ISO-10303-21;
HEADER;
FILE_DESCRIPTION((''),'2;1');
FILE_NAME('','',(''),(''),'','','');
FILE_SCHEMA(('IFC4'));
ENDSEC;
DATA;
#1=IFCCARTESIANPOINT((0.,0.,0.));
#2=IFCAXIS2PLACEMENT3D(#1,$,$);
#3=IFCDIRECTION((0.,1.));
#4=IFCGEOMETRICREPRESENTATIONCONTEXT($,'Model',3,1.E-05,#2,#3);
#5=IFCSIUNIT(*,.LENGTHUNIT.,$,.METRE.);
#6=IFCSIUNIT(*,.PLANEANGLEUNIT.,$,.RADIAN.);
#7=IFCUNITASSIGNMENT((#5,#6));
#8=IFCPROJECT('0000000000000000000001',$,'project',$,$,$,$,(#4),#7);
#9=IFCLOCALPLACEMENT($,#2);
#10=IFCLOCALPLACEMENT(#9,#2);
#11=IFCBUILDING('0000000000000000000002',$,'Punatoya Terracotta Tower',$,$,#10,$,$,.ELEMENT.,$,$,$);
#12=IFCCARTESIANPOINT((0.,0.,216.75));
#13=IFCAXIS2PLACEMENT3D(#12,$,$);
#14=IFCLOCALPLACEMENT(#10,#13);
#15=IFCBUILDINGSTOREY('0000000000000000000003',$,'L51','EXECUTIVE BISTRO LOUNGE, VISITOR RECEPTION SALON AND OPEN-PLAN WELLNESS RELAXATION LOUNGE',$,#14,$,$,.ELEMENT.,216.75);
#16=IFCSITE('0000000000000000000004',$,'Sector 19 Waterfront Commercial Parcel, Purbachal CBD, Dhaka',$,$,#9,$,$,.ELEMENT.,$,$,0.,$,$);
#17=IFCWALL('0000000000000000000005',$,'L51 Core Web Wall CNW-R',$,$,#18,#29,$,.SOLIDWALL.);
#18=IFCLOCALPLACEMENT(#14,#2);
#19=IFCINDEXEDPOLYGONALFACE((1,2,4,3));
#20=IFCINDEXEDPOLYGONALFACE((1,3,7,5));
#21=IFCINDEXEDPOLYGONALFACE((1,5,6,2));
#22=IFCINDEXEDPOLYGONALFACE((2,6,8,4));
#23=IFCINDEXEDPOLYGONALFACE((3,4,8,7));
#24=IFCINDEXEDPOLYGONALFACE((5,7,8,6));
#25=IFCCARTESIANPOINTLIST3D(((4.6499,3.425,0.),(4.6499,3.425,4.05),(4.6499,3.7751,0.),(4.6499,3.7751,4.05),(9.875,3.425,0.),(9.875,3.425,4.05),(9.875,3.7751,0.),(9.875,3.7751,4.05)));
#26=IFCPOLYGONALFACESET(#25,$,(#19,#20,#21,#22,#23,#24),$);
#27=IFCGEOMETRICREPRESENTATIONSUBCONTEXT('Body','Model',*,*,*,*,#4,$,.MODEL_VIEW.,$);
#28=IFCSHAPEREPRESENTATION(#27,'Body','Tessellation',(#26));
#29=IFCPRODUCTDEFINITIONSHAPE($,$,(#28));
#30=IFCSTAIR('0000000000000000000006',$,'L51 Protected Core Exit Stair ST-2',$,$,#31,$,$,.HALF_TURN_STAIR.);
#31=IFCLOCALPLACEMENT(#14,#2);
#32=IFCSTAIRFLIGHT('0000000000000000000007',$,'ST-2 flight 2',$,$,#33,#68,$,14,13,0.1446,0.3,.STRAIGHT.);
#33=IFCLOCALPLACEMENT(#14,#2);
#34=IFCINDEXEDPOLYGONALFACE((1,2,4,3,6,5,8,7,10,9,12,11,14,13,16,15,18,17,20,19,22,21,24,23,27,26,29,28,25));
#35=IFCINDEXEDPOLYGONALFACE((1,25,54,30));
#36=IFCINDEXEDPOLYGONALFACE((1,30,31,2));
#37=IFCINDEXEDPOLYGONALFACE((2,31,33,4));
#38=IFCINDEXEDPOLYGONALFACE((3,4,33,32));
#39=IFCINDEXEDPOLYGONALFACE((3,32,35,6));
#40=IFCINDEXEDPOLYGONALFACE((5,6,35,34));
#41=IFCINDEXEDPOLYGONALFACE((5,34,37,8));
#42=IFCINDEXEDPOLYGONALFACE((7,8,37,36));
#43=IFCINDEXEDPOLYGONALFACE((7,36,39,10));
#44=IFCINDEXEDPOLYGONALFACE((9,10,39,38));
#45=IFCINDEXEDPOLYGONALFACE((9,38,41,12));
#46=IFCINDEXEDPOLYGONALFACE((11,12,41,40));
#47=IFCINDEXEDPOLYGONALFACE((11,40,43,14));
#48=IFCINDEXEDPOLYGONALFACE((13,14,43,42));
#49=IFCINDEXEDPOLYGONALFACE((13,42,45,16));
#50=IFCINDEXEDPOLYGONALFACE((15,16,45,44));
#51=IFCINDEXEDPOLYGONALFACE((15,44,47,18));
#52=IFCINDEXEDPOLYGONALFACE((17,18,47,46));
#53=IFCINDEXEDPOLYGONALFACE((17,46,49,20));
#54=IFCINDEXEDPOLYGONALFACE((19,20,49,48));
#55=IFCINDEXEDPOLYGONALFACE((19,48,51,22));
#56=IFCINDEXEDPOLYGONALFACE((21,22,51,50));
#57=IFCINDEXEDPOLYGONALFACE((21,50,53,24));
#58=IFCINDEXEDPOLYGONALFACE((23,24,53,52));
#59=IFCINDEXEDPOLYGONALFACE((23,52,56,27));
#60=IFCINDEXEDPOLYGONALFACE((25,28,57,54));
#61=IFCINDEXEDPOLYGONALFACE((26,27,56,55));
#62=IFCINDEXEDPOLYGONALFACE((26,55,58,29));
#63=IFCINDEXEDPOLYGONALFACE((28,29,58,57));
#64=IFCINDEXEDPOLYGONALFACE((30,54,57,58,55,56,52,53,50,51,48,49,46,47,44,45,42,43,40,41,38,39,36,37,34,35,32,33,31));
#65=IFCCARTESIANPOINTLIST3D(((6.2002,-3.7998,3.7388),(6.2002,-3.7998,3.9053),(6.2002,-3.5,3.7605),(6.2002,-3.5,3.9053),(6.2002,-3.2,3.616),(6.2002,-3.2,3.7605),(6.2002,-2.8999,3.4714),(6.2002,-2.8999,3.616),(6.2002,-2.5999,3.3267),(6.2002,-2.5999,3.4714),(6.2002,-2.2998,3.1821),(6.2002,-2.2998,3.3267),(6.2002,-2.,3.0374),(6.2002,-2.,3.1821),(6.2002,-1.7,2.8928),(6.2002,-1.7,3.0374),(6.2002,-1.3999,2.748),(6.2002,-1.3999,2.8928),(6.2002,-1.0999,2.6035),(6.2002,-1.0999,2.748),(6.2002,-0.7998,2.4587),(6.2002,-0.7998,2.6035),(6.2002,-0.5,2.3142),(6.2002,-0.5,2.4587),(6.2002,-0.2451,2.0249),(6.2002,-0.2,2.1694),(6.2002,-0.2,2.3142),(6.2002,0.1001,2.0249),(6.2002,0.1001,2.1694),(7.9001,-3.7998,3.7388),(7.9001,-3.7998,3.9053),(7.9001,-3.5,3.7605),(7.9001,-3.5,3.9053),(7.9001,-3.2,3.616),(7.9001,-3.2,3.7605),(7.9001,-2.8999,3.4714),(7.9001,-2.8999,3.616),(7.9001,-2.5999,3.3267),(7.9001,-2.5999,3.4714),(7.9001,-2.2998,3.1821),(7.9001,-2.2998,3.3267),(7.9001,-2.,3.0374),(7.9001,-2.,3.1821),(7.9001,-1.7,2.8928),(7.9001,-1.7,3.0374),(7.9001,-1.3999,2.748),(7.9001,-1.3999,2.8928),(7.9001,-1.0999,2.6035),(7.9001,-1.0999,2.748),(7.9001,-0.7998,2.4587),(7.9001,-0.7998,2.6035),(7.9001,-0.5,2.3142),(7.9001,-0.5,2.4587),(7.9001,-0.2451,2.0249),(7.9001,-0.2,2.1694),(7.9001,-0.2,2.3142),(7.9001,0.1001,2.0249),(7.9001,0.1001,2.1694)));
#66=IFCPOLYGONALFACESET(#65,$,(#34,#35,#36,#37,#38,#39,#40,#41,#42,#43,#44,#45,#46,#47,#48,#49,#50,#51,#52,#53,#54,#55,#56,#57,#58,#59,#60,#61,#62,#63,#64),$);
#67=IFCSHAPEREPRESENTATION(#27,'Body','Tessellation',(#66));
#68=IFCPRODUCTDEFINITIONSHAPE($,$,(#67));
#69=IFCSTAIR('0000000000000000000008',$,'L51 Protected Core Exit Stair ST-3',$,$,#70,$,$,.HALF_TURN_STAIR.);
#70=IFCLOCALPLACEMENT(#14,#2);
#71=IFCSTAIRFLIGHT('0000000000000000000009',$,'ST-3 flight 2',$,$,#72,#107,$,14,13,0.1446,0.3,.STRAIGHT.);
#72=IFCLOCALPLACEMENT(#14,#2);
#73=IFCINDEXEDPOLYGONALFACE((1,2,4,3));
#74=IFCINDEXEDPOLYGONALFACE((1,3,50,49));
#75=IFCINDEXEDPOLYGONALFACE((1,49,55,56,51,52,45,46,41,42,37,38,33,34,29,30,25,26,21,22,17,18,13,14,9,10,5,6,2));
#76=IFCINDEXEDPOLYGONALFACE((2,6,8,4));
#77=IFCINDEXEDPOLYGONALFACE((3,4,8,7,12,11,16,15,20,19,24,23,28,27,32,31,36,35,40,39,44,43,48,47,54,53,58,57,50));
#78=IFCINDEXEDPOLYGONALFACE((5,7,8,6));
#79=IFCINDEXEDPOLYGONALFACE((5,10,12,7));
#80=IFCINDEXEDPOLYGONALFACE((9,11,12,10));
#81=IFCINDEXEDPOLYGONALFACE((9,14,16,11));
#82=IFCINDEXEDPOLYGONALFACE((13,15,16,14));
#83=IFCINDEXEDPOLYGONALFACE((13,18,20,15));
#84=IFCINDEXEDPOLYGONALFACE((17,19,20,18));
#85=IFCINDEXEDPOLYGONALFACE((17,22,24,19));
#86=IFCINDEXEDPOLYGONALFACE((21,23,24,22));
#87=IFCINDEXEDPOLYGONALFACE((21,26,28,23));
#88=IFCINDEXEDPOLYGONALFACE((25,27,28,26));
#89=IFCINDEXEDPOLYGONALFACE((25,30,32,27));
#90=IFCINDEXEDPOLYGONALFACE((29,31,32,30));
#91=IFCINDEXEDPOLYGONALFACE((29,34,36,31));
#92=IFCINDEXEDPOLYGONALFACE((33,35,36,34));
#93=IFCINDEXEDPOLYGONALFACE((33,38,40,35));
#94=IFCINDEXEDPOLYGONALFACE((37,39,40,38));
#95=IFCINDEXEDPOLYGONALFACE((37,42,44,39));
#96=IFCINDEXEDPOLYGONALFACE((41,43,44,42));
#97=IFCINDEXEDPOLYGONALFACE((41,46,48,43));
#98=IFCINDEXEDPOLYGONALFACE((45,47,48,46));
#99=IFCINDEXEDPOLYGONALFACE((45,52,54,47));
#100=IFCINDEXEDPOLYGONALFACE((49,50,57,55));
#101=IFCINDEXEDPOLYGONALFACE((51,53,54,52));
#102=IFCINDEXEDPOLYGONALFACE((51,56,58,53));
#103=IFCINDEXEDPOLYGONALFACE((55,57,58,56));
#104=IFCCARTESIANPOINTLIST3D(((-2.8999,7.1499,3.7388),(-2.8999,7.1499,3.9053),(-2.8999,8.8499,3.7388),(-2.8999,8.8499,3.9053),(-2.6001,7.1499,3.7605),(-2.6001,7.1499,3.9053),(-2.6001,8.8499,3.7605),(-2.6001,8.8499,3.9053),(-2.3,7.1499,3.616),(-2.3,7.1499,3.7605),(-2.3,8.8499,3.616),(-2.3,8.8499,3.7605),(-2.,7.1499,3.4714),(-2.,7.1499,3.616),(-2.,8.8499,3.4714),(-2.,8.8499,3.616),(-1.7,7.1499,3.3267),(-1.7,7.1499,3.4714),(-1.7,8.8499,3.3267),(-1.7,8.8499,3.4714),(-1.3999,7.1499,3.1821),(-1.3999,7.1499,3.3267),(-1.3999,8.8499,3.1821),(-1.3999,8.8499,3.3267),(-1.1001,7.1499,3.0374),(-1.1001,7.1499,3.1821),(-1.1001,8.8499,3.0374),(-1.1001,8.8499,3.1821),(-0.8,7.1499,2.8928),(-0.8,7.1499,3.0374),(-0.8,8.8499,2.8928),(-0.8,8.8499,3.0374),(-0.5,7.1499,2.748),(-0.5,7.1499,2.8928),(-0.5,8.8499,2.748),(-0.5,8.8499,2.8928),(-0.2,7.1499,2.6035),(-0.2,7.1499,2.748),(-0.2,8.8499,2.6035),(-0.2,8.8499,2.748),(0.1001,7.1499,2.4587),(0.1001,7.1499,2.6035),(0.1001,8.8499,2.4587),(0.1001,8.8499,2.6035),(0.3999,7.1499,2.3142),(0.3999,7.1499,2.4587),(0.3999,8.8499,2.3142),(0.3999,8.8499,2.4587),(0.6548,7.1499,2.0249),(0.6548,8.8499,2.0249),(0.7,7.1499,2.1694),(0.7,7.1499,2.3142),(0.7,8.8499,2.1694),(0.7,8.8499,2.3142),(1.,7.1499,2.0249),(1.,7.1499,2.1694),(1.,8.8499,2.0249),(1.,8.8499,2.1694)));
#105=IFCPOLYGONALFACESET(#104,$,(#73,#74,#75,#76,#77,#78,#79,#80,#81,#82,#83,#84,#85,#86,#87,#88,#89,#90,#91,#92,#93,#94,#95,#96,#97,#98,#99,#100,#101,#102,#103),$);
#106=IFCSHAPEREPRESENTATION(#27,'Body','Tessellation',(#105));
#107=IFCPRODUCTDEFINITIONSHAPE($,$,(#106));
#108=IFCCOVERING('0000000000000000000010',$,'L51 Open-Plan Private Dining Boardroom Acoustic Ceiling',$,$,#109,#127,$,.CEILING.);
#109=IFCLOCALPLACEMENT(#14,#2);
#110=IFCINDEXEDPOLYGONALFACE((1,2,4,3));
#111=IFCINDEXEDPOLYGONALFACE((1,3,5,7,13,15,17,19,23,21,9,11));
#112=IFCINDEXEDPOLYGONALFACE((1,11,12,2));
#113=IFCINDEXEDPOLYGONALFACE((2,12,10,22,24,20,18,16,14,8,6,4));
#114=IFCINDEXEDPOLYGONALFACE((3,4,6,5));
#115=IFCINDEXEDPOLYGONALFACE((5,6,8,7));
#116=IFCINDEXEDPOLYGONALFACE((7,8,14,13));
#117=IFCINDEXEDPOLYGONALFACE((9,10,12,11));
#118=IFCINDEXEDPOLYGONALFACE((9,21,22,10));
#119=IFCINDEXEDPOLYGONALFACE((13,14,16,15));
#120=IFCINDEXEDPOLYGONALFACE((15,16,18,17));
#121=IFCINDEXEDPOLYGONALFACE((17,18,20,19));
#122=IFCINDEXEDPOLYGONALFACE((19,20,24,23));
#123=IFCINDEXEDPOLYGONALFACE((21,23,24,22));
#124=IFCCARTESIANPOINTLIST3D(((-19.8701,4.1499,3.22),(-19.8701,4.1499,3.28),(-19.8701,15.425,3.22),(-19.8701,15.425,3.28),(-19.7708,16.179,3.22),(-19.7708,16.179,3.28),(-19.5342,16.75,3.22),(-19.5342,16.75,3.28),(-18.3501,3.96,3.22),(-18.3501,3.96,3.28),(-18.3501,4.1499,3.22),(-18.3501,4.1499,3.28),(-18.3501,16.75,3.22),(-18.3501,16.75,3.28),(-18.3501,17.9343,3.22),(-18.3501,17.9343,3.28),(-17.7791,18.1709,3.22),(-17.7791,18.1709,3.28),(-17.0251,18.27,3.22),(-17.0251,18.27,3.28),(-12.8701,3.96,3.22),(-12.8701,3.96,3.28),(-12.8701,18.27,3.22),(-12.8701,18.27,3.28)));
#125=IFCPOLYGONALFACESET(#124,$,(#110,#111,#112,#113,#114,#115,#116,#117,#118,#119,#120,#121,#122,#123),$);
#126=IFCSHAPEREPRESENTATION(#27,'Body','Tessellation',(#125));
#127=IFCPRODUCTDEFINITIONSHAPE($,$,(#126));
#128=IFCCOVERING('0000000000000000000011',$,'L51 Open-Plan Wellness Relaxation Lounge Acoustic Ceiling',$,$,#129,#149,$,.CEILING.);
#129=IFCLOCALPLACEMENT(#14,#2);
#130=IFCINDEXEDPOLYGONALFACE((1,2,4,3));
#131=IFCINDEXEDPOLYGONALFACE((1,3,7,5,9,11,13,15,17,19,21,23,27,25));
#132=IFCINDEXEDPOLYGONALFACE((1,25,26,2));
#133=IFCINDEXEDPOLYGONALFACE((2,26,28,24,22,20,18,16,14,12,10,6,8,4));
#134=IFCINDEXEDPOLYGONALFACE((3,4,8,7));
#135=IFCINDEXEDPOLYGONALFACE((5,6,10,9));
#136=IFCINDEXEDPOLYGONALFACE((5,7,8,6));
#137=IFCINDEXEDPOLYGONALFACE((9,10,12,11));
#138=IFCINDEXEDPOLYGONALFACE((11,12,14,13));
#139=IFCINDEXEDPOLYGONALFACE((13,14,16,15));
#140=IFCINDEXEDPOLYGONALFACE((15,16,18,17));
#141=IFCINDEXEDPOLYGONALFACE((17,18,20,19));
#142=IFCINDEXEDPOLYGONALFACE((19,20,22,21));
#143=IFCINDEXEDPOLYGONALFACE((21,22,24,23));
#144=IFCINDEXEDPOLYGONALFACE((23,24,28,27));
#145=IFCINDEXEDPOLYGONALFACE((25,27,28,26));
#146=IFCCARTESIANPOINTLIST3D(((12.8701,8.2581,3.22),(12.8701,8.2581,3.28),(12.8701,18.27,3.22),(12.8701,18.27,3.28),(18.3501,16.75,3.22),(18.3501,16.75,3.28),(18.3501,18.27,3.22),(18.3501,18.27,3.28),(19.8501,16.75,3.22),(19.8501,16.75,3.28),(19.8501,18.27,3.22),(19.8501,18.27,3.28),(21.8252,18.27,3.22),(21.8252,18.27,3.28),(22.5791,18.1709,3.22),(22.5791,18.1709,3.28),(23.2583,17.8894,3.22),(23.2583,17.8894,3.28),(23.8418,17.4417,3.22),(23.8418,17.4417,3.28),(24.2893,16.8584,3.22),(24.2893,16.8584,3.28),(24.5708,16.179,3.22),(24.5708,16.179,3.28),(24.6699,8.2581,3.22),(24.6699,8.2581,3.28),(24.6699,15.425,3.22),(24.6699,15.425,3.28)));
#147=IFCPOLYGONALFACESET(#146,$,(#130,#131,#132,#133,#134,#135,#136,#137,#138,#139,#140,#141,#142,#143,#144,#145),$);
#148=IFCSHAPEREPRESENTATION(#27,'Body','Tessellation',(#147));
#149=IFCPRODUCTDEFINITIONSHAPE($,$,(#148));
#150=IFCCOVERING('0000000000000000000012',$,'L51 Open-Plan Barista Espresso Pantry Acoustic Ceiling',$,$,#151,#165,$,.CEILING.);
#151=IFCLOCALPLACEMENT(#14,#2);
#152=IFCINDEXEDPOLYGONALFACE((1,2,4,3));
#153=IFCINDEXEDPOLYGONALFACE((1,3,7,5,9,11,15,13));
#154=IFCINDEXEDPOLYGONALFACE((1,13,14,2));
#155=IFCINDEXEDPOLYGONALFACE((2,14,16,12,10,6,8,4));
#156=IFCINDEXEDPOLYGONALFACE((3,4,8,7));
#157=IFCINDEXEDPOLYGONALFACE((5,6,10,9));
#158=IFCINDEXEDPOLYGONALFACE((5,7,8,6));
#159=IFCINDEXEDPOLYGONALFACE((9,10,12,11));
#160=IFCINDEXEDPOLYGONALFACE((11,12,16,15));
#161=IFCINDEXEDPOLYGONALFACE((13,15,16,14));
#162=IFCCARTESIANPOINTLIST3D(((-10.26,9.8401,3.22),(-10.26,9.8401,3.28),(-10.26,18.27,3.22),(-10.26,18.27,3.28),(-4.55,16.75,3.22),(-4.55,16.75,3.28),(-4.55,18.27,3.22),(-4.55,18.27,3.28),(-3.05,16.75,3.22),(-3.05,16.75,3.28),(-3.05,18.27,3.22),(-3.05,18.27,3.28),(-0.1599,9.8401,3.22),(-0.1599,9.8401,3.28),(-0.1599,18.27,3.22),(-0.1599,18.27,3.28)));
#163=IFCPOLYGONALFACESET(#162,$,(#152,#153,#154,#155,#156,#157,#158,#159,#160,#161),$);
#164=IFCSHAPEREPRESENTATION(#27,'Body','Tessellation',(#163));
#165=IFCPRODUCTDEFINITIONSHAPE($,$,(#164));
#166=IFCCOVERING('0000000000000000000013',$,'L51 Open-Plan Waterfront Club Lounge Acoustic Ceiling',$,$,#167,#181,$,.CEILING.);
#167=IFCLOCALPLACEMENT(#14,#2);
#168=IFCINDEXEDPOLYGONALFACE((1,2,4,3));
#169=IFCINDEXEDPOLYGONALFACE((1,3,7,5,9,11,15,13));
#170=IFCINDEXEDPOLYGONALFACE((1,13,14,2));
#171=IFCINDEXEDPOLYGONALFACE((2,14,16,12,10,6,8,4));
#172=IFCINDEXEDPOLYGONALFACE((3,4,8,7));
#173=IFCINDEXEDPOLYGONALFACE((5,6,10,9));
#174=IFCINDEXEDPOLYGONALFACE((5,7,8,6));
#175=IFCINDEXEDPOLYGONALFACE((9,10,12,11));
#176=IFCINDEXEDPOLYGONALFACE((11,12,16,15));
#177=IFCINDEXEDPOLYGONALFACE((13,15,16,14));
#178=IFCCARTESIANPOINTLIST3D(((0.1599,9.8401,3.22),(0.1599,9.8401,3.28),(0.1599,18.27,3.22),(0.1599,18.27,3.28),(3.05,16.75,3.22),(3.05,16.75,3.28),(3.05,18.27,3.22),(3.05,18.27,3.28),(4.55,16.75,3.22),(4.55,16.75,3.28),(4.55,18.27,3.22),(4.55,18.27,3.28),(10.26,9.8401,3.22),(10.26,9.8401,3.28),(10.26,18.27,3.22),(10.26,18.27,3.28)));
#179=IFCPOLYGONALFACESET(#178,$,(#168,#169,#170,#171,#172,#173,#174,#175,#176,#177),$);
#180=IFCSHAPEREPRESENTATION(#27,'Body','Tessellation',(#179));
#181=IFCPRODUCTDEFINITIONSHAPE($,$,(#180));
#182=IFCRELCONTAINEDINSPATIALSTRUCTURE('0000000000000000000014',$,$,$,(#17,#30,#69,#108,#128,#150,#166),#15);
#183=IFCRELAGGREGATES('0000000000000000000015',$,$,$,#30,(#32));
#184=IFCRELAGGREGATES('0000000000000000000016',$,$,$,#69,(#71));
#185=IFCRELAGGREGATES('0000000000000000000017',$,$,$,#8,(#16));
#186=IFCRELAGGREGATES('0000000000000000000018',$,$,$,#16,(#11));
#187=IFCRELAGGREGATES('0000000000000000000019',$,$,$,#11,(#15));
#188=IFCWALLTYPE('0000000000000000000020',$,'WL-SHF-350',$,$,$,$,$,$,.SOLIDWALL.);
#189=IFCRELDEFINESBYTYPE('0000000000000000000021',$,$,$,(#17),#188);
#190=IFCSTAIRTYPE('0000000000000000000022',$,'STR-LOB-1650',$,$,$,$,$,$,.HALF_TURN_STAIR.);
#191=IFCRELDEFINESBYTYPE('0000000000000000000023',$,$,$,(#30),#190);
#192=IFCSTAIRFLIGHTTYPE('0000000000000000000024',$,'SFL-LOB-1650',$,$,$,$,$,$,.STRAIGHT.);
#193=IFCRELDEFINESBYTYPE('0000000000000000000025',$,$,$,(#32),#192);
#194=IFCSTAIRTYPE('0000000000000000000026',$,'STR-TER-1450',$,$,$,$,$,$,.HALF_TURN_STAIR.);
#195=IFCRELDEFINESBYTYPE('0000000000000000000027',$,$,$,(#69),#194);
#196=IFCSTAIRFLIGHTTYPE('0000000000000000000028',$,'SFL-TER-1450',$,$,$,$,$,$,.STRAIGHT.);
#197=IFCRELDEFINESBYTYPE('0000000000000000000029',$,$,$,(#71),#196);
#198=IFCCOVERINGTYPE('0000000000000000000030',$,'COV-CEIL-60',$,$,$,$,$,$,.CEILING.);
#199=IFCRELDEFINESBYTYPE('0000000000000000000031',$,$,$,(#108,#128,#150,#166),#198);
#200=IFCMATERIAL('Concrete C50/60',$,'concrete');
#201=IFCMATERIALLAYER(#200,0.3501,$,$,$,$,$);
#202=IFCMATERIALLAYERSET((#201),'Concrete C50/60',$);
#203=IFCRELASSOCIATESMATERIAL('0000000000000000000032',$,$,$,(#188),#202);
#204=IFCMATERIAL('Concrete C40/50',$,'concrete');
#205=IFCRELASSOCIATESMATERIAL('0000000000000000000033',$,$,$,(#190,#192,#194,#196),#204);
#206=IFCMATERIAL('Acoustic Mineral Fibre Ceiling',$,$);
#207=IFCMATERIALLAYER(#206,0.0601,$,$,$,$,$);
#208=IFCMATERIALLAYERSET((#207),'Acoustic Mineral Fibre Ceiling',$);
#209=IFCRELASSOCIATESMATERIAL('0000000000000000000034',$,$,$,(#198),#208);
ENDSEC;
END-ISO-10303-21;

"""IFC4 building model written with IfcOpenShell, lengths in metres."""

from ifc_helpers import new_model, si_unit, direction, frame, frame_2d, origin, place, context, subcontext, project, spatial, polyline, rectangle, outline, extrude, material, layer, layer_set, type_object, element, aggregate, save


model = new_model("IFC4")

# Units and contexts
model_context = context("Model", 3, precision=1e-05, world=origin(), true_north=direction((0.0, 1.0)))
body_context = subcontext(model_context, "Body", "Model", "MODEL_VIEW")
ifc_project = project(units=[si_unit("LENGTHUNIT", "METRE"), si_unit("PLANEANGLEUNIT", "RADIAN")], contexts=[model_context])

# Site, building, storey
site_placement = place(None, origin())
site = spatial("IfcSite", under=ifc_project, at=site_placement, Name="Sector 19 Waterfront Commercial Parcel, Purbachal CBD, Dhaka", CompositionType="ELEMENT", RefElevation=0.0)
building_placement = place(site_placement, origin())
building = spatial("IfcBuilding", under=site, at=building_placement, Name="Punatoya Terracotta Tower", CompositionType="ELEMENT")
storey_placement = place(building_placement, frame((0.0, 0.0, 216.75)))
storey = spatial("IfcBuildingStorey", under=building, at=storey_placement, Name="L51", Description="EXECUTIVE BISTRO LOUNGE, VISITOR RECEPTION SALON AND OPEN-PLAN WELLNESS RELAXATION LOUNGE", CompositionType="ELEMENT", Elevation=216.75)

# Wall
ifc_material_1 = material(Name="Concrete C40/50", Category="concrete")
ifc_material_2 = material(Name="Concrete C50/60", Category="concrete")
ifc_layer_1 = layer(ifc_material_2, 0.3501)
ifc_layer_set_1 = layer_set([ifc_layer_1], Name="Concrete C50/60")
wall_type_1 = type_object("IfcWallType", Name="WL-SHF-350", PredefinedType="SOLIDWALL", material=ifc_layer_set_1)
wall_1_placement = place(storey_placement, frame((4.6499, 3.6001, 0.0), z_axis=(0.0, 0.0, 1.0), x_axis=(1.0, 0.0, 0.0)))
element("IfcWall", 1, at=wall_1_placement, inside=storey, type_object=wall_type_1, Name="L51 Core Web Wall CNW-R", PredefinedType="SOLIDWALL", context=body_context, shape_type="SweptSolid", body=[
    extrude(rectangle(XDim=5.2251, YDim=0.3501, at=frame_2d((2.6125, 0.0))), origin(), (0.0, 0.0, 1.0), 4.05),
])

# Stairs, stair flights
stair_type_1 = type_object("IfcStairType", Name="STR-LOB-1650", PredefinedType="HALF_TURN_STAIR", material=ifc_material_1)
stair_1_placement = place(storey_placement, origin())
stair_1 = element("IfcStair", 2, at=stair_1_placement, inside=storey, type_object=stair_type_1, Name="L51 Protected Core Exit Stair ST-2", PredefinedType="HALF_TURN_STAIR")
stair_flight_type_1 = type_object("IfcStairFlightType", Name="SFL-LOB-1650", PredefinedType="STRAIGHT", material=ifc_material_1)
stair_flight_1_placement = place(storey_placement, frame((7.05, 0.1001, 2.0249), z_axis=(0.0, 0.0, 1.0), x_axis=(0.0, -1.0, 0.0)))
stair_flight_1 = element("IfcStairFlight", 3, at=stair_flight_1_placement, type_object=stair_flight_type_1, Name="ST-2 flight 2", NumberOfRisers=14, NumberOfTreads=13, PredefinedType="STRAIGHT", RiserHeight=0.1446, TreadLength=0.3, context=body_context, shape_type="SweptSolid", body=[
    extrude(outline(polyline([(0.0, 0.0), (0.0, 0.1445), (0.3, 0.1445), (0.3, 0.2893), (0.6001, 0.2893), (0.6001, 0.4338), (0.8999, 0.4338), (0.8999, 0.5786), (1.2, 0.5786), (1.2, 0.7231), (1.5, 0.7231), (1.5, 0.8679), (1.8, 0.8679), (1.8, 1.0125), (2.1001, 1.0125), (2.1001, 1.1572), (2.3999, 1.1572), (2.3999, 1.3018), (2.7, 1.3018), (2.7, 1.4465), (3.0, 1.4465), (3.0, 1.5911), (3.3, 1.5911), (3.3, 1.7356), (3.6001, 1.7356), (3.6001, 1.8804), (3.8999, 1.8804), (3.8999, 2.0249), (3.8999, 1.7139), (0.3452, 0.0), (0.0, 0.0)])), frame((0.0, 0.8501, 0.0), z_axis=(0.0, -1.0, 0.0), x_axis=(1.0, 0.0, 0.0)), (0.0, 0.0, 1.0), 1.7),
])
aggregate(stair_1, [stair_flight_1])
stair_type_2 = type_object("IfcStairType", Name="STR-TER-1450", PredefinedType="HALF_TURN_STAIR", material=ifc_material_1)
stair_2_placement = place(storey_placement, origin())
stair_2 = element("IfcStair", 4, at=stair_2_placement, inside=storey, type_object=stair_type_2, Name="L51 Protected Core Exit Stair ST-3", PredefinedType="HALF_TURN_STAIR")
stair_flight_type_2 = type_object("IfcStairFlightType", Name="SFL-TER-1450", PredefinedType="STRAIGHT", material=ifc_material_1)
stair_flight_2_placement = place(storey_placement, frame((1.0, 8.0, 2.0249), z_axis=(0.0, 0.0, 1.0), x_axis=(-1.0, 0.0, 0.0)))
stair_flight_2 = element("IfcStairFlight", 5, at=stair_flight_2_placement, type_object=stair_flight_type_2, Name="ST-3 flight 2", NumberOfRisers=14, NumberOfTreads=13, PredefinedType="STRAIGHT", RiserHeight=0.1446, TreadLength=0.3, context=body_context, shape_type="SweptSolid", body=[
    extrude(outline(polyline([(0.0, 0.0), (0.0, 0.1445), (0.3, 0.1445), (0.3, 0.2893), (0.6001, 0.2893), (0.6001, 0.4338), (0.8999, 0.4338), (0.8999, 0.5786), (1.2, 0.5786), (1.2, 0.7231), (1.5, 0.7231), (1.5, 0.8679), (1.8, 0.8679), (1.8, 1.0125), (2.1001, 1.0125), (2.1001, 1.1572), (2.3999, 1.1572), (2.3999, 1.3018), (2.7, 1.3018), (2.7, 1.4465), (3.0, 1.4465), (3.0, 1.5911), (3.3, 1.5911), (3.3, 1.7356), (3.6001, 1.7356), (3.6001, 1.8804), (3.8999, 1.8804), (3.8999, 2.0249), (3.8999, 1.7139), (0.3452, 0.0), (0.0, 0.0)])), frame((0.0, 0.8501, 0.0), z_axis=(0.0, -1.0, 0.0), x_axis=(1.0, 0.0, 0.0)), (0.0, 0.0, 1.0), 1.7),
])
aggregate(stair_2, [stair_flight_2])

# Coverings
ifc_material_3 = material(Name="Acoustic Mineral Fibre Ceiling")
ifc_layer_2 = layer(ifc_material_3, 0.0601)
ifc_layer_set_2 = layer_set([ifc_layer_2], Name="Acoustic Mineral Fibre Ceiling")
covering_type = type_object("IfcCoveringType", Name="COV-CEIL-60", PredefinedType="CEILING", material=ifc_layer_set_2)
covering_1_placement = place(storey_placement, frame((0.0, 0.0, 3.22)))
element("IfcCovering", 6, at=covering_1_placement, inside=storey, type_object=covering_type, Name="L51 Open-Plan Private Dining Boardroom Acoustic Ceiling", PredefinedType="CEILING", context=body_context, shape_type="SweptSolid", body=[
    extrude(outline(polyline([(-19.8701, 4.1499), (-18.3501, 4.1499), (-18.3501, 3.96), (-12.8701, 3.96), (-12.8701, 18.27), (-17.0251, 18.27), (-17.7791, 18.1709), (-18.3501, 17.9343), (-18.3501, 16.75), (-19.5342, 16.75), (-19.7708, 16.179), (-19.8701, 15.425), (-19.8701, 4.1499)])), origin(), (0.0, 0.0, 1.0), 0.0601),
])
covering_2_placement = place(storey_placement, frame((0.0, 0.0, 3.22)))
element("IfcCovering", 7, at=covering_2_placement, inside=storey, type_object=covering_type, Name="L51 Open-Plan Wellness Relaxation Lounge Acoustic Ceiling", PredefinedType="CEILING", context=body_context, shape_type="SweptSolid", body=[
    extrude(outline(polyline([(18.3501, 18.27), (12.8701, 18.27), (12.8701, 8.2581), (24.6699, 8.2581), (24.6699, 15.425), (24.5708, 16.179), (24.2893, 16.8584), (23.8418, 17.4417), (23.2583, 17.8894), (22.5791, 18.1709), (21.8252, 18.27), (19.8501, 18.27), (19.8501, 16.75), (18.3501, 16.75), (18.3501, 18.27)])), origin(), (0.0, 0.0, 1.0), 0.0601),
])
covering_3_placement = place(storey_placement, frame((0.0, 0.0, 3.22)))
element("IfcCovering", 8, at=covering_3_placement, inside=storey, type_object=covering_type, Name="L51 Open-Plan Barista Espresso Pantry Acoustic Ceiling", PredefinedType="CEILING", context=body_context, shape_type="SweptSolid", body=[
    extrude(outline(polyline([(-10.26, 18.27), (-10.26, 9.8401), (-0.1599, 9.8401), (-0.1599, 18.27), (-3.05, 18.27), (-3.05, 16.75), (-4.55, 16.75), (-4.55, 18.27), (-10.26, 18.27)])), origin(), (0.0, 0.0, 1.0), 0.0601),
])
covering_4_placement = place(storey_placement, frame((0.0, 0.0, 3.22)))
element("IfcCovering", 9, at=covering_4_placement, inside=storey, type_object=covering_type, Name="L51 Open-Plan Waterfront Club Lounge Acoustic Ceiling", PredefinedType="CEILING", context=body_context, shape_type="SweptSolid", body=[
    extrude(outline(polyline([(3.05, 18.27), (0.1599, 18.27), (0.1599, 9.8401), (10.26, 9.8401), (10.26, 18.27), (4.55, 18.27), (4.55, 16.75), (3.05, 16.75), (3.05, 18.27)])), origin(), (0.0, 0.0, 1.0), 0.0601),
])

save(model, "model.ifc")
